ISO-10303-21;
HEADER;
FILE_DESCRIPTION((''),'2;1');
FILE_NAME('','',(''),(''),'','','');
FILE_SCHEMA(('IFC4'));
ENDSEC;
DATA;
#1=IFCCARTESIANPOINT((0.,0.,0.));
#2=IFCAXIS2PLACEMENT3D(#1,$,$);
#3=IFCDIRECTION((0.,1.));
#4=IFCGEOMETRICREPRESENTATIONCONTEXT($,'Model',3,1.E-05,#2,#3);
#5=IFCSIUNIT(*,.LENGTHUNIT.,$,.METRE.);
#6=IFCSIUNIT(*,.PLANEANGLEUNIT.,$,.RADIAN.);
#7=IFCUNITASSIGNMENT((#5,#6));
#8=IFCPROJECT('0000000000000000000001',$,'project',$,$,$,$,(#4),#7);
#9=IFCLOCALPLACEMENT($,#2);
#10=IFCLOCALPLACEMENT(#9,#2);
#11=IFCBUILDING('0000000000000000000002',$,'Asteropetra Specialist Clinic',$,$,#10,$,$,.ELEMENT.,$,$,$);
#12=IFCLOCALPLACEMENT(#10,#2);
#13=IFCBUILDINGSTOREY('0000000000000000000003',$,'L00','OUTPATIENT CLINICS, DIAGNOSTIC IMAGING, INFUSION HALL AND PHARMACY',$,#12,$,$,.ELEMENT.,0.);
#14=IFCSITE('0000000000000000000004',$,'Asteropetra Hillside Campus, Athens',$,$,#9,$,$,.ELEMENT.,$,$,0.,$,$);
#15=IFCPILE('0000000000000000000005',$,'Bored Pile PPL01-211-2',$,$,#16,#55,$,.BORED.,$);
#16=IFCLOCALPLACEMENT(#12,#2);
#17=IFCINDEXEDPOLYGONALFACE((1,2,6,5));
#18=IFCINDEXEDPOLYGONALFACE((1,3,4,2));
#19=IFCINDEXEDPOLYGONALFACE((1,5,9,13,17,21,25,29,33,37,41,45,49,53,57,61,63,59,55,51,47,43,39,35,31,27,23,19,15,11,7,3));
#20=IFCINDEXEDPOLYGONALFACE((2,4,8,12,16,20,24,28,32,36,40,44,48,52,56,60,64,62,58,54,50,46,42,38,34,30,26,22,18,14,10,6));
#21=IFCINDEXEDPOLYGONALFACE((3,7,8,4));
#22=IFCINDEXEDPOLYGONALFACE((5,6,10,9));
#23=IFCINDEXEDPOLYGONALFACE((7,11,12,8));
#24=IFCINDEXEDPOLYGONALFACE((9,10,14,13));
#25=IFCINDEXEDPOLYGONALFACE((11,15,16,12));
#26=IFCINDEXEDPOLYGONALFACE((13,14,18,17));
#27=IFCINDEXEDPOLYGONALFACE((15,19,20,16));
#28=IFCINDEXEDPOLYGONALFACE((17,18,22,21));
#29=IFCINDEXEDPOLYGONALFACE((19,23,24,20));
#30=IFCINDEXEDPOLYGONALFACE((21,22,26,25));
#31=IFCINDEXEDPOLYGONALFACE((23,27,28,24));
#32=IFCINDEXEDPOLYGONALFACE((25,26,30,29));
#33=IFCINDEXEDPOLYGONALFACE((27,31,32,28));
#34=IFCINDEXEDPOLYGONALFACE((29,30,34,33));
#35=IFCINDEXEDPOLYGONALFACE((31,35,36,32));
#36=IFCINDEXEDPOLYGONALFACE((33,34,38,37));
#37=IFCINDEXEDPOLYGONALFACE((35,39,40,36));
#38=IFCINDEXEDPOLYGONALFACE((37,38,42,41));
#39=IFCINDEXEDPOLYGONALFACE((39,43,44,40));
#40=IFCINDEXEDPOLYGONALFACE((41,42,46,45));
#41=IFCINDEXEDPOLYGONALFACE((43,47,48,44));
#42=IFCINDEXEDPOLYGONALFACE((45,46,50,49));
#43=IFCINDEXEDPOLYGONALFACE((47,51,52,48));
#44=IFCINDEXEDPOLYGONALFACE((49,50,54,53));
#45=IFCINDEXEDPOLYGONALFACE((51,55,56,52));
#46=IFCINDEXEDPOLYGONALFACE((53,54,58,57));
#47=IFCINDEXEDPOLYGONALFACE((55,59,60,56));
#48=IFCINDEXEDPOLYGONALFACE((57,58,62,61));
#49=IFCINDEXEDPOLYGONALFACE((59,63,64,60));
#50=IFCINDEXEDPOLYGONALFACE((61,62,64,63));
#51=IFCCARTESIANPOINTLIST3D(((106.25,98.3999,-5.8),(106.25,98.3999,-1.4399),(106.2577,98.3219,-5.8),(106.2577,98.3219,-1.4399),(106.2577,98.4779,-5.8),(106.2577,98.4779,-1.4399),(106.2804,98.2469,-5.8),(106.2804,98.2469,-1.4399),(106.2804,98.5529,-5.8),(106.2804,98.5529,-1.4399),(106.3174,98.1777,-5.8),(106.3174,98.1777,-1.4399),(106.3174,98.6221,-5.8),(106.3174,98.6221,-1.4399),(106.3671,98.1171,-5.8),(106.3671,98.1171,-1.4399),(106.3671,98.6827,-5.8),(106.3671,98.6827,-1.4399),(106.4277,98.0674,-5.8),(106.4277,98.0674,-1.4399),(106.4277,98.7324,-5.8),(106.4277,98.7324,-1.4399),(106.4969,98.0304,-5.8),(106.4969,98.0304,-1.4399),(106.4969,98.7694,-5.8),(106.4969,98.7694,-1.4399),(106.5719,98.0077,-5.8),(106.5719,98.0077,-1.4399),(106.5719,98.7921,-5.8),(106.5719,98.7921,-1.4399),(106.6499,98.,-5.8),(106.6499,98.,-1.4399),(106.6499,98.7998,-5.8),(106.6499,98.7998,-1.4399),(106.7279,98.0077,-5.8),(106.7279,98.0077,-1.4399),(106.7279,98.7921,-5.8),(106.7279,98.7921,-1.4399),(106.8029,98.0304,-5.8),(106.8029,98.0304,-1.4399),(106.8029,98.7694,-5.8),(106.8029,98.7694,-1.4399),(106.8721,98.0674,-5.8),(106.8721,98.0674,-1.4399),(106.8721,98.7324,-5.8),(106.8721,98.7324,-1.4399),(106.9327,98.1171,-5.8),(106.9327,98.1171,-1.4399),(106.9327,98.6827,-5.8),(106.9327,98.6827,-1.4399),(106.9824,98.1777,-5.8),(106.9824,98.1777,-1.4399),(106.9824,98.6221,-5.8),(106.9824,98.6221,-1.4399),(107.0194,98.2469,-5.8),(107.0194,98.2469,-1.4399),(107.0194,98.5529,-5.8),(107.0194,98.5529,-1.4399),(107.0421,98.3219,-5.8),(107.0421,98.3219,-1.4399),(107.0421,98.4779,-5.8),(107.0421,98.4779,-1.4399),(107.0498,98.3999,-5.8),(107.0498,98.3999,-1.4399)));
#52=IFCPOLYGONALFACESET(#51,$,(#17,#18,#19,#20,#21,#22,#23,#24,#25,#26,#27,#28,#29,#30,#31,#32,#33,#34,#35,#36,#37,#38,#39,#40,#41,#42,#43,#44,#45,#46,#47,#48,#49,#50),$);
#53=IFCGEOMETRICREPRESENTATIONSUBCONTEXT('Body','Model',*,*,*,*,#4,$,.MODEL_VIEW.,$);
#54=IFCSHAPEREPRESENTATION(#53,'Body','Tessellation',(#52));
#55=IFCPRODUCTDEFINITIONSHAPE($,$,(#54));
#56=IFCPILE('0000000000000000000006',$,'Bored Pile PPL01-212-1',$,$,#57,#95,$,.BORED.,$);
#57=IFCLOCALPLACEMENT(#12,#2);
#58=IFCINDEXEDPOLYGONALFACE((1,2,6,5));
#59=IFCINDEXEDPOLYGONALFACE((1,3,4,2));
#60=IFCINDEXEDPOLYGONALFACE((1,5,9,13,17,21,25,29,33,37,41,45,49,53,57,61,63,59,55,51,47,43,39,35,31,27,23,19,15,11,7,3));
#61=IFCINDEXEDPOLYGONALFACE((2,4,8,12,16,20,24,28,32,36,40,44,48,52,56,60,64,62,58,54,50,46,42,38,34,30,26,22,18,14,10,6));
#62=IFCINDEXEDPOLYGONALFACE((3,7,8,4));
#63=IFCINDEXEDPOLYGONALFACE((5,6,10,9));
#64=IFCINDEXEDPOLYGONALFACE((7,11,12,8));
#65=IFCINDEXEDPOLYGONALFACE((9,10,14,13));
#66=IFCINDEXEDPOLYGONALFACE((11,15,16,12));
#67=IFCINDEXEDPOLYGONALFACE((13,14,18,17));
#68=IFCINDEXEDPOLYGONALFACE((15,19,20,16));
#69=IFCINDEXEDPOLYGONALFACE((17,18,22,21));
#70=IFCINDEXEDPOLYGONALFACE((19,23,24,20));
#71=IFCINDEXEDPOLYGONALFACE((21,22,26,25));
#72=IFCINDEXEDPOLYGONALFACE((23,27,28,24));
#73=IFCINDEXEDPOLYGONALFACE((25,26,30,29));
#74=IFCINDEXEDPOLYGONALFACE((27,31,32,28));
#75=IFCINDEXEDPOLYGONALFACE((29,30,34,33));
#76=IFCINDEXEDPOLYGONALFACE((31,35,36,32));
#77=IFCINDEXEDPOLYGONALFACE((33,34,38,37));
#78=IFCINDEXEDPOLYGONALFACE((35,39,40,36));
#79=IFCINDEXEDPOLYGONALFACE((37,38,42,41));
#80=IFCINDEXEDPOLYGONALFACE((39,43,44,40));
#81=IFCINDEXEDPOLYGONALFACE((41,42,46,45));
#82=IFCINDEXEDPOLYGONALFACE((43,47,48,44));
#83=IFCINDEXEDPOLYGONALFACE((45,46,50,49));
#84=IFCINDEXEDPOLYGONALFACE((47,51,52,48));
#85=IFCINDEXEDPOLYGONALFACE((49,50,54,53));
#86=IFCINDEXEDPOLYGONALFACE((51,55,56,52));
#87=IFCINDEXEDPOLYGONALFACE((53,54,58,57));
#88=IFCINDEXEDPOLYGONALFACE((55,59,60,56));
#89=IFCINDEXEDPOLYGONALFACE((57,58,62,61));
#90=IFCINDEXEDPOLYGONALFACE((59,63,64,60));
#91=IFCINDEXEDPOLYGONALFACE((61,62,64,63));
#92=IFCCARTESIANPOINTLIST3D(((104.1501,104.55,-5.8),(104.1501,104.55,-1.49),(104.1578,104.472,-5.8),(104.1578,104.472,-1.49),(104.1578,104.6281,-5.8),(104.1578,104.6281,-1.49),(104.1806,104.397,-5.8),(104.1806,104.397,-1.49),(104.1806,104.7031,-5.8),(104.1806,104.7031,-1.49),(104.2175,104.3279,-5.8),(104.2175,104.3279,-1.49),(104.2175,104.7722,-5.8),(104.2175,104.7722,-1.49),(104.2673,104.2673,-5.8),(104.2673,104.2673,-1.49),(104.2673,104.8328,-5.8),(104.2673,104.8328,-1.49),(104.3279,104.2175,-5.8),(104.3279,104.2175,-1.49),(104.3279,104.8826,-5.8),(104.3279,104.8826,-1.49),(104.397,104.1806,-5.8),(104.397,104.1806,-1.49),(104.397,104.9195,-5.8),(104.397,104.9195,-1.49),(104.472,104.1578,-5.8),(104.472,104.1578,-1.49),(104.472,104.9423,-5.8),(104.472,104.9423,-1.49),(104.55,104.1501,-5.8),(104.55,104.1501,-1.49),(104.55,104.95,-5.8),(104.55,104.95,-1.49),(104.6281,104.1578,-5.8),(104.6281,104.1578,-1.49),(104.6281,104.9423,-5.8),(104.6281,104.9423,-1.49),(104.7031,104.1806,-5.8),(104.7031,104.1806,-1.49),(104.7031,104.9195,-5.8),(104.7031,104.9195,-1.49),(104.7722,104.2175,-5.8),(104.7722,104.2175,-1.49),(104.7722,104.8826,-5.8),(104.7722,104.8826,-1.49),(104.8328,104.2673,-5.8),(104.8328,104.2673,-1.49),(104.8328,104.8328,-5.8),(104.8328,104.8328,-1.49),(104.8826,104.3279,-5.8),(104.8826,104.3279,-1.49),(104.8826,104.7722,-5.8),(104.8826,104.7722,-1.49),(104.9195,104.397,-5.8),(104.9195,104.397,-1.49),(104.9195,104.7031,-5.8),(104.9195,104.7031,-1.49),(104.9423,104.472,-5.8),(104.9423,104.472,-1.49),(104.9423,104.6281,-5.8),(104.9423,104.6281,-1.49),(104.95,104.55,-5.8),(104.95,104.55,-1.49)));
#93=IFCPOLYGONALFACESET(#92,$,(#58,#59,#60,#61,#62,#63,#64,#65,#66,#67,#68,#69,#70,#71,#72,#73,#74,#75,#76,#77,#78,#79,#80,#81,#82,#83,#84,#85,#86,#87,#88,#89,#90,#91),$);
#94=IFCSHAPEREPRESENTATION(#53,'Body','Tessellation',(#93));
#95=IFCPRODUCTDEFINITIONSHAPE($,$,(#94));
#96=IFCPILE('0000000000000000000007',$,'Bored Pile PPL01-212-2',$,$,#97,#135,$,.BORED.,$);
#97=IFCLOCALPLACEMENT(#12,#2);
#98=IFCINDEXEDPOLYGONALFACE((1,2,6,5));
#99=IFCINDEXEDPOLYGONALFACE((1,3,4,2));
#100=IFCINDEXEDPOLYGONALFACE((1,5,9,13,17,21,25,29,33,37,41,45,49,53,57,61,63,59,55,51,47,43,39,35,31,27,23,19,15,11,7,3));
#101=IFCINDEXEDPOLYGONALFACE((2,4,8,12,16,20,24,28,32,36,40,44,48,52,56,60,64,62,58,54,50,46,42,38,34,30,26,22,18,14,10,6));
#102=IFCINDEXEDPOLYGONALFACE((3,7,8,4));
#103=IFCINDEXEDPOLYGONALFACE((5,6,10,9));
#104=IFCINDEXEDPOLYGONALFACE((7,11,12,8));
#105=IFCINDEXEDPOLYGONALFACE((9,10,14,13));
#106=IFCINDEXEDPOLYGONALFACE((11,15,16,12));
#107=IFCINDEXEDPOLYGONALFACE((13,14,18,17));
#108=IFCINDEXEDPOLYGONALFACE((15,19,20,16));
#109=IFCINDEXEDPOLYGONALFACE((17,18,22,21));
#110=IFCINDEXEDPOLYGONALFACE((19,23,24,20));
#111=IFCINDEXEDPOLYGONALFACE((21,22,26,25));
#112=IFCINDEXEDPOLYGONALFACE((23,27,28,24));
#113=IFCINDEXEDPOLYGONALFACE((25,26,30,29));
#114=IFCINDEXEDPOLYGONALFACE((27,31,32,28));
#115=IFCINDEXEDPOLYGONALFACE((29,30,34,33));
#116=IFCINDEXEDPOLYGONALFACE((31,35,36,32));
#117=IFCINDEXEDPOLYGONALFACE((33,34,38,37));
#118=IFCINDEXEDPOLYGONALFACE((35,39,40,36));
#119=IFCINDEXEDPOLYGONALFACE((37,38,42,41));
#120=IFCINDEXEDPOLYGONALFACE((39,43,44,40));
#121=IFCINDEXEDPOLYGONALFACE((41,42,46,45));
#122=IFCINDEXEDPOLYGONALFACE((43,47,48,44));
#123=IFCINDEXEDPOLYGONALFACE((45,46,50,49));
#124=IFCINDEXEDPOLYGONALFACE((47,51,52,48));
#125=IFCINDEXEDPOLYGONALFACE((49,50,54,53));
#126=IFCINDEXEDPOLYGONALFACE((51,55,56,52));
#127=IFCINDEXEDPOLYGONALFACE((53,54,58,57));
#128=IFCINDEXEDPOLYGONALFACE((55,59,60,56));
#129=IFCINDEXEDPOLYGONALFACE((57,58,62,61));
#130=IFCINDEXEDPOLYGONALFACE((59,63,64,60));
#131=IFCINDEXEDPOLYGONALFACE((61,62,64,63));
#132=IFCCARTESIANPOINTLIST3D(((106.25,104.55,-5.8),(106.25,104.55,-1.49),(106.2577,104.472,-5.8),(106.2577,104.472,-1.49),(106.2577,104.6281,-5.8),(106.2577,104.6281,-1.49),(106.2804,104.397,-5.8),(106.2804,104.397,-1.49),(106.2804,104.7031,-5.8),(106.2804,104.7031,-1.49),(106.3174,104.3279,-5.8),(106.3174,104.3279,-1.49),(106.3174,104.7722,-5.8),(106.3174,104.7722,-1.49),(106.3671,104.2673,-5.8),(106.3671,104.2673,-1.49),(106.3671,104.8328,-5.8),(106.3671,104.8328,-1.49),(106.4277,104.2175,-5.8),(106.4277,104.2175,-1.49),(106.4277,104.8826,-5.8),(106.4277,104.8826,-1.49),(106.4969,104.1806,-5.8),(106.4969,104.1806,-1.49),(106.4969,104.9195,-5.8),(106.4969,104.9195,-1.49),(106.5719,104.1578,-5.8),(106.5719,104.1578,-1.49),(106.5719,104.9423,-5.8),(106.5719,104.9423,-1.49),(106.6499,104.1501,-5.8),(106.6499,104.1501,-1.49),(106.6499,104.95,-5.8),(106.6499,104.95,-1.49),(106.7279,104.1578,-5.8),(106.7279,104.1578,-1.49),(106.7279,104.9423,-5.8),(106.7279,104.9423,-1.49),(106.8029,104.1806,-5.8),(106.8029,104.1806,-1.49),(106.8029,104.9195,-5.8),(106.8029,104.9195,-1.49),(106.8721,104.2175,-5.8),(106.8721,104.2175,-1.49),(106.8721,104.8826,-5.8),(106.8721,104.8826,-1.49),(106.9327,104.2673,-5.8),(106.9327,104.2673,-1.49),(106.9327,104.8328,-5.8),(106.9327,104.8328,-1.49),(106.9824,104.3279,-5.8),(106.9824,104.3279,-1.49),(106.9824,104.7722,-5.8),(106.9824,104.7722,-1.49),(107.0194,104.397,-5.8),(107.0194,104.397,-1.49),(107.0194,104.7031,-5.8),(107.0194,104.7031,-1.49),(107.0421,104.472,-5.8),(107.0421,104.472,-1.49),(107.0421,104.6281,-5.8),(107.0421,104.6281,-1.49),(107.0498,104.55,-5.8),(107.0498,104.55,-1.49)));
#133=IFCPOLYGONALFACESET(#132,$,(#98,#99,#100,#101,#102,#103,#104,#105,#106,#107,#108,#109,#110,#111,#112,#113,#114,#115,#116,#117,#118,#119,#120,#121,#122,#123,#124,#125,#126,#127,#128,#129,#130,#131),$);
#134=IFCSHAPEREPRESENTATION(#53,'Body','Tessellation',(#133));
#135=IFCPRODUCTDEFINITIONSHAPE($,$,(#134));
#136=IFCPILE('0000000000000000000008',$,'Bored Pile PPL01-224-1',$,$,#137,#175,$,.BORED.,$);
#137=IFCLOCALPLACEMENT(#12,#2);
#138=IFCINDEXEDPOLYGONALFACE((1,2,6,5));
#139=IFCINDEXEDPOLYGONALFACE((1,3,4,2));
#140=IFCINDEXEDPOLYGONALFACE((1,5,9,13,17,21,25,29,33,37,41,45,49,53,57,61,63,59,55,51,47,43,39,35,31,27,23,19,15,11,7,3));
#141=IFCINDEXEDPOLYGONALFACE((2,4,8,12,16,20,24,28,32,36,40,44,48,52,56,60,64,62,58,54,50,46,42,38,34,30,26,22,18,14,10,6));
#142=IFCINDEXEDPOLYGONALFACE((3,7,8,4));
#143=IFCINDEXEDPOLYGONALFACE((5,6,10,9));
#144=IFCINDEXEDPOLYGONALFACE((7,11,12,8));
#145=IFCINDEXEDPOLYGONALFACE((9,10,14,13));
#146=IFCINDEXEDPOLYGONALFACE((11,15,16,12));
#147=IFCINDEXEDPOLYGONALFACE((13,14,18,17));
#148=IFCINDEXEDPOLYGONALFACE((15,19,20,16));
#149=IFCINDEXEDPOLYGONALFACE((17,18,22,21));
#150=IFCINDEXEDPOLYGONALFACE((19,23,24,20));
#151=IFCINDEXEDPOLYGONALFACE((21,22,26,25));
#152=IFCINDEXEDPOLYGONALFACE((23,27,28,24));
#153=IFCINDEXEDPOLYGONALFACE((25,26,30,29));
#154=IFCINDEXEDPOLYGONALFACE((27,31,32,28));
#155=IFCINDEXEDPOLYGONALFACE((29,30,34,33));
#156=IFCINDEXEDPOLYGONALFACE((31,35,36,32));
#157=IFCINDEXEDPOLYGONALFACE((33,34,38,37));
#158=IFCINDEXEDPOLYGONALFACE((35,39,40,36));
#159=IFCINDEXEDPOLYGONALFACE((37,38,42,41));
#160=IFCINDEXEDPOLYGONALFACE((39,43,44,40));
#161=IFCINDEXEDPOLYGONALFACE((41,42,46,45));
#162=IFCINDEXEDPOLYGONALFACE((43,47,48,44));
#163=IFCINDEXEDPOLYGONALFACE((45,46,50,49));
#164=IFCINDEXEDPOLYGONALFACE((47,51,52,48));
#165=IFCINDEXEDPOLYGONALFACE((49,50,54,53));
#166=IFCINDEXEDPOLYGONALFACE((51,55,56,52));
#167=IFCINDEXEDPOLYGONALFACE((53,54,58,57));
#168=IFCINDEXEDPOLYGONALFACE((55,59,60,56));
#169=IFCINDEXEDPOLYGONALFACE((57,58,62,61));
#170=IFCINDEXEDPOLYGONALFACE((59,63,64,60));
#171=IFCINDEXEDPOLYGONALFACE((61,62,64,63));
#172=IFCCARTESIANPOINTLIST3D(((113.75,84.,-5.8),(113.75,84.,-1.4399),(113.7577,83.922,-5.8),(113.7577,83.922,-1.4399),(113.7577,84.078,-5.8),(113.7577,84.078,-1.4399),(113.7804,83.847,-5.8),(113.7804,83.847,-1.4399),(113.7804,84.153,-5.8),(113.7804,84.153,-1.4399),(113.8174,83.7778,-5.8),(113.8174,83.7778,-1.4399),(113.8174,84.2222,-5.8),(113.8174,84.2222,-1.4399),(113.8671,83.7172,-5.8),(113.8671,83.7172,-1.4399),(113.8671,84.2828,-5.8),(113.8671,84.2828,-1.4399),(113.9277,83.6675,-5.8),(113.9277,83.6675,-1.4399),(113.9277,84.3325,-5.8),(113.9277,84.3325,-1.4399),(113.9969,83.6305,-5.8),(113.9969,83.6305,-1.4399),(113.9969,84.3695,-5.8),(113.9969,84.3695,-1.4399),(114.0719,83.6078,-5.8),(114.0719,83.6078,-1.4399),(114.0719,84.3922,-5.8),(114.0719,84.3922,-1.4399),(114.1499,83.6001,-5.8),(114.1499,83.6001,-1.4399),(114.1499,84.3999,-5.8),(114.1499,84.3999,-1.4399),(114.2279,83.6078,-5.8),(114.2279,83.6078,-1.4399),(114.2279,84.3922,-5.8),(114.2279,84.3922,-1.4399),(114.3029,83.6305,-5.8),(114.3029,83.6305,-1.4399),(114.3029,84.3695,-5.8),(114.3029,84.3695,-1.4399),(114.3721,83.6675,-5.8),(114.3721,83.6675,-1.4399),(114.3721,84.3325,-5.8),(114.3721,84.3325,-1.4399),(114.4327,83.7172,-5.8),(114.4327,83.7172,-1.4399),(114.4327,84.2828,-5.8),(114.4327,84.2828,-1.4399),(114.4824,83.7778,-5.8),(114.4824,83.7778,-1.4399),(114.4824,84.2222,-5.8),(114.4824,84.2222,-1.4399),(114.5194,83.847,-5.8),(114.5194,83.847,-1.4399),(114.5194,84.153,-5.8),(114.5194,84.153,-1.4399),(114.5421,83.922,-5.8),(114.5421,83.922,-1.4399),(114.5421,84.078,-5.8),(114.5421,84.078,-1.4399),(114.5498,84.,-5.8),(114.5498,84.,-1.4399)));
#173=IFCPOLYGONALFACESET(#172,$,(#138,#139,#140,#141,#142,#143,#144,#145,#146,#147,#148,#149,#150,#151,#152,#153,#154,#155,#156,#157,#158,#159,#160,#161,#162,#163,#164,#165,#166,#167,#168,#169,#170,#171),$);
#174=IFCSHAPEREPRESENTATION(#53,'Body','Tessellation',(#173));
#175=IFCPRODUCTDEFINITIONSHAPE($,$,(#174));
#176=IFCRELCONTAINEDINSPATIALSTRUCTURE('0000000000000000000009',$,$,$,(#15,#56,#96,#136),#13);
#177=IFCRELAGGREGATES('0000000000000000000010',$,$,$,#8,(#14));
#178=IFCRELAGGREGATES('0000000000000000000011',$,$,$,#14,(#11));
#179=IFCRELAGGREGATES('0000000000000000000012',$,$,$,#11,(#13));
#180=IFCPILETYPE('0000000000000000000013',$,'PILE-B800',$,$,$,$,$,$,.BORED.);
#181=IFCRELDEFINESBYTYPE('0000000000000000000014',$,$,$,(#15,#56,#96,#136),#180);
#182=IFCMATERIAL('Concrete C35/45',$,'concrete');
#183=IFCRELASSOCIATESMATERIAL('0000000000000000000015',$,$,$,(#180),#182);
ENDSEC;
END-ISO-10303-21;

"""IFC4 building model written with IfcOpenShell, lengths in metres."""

from ifc_helpers import new_model, si_unit, direction, frame, origin, origin_2d, place, context, subcontext, project, spatial, circle, extrude, material, material_profile, profile_set, type_object, element, save


model = new_model("IFC4")

# Units and contexts
model_context = context("Model", 3, precision=1e-05, world=origin(), true_north=direction((0.0, 1.0)))
body_context = subcontext(model_context, "Body", "Model", "MODEL_VIEW")
ifc_project = project(units=[si_unit("LENGTHUNIT", "METRE"), si_unit("PLANEANGLEUNIT", "RADIAN")], contexts=[model_context])

# Site, building, storey
site_placement = place(None, origin())
site = spatial("IfcSite", under=ifc_project, at=site_placement, Name="Asteropetra Hillside Campus, Athens", CompositionType="ELEMENT", RefElevation=0.0)
building_placement = place(site_placement, origin())
building = spatial("IfcBuilding", under=site, at=building_placement, Name="Asteropetra Specialist Clinic", CompositionType="ELEMENT")
storey_placement = place(building_placement, origin())
storey = spatial("IfcBuildingStorey", under=building, at=storey_placement, Name="L00", Description="OUTPATIENT CLINICS, DIAGNOSTIC IMAGING, INFUSION HALL AND PHARMACY", CompositionType="ELEMENT", Elevation=0.0)

# Piles
ifc_material_1 = material(Name="Concrete C35/45", Category="concrete")
ifc_material_profile_1 = material_profile(ifc_material_1, circle(Radius=0.3999, at=origin_2d()), Name="PILE D800")
ifc_profile_set_1 = profile_set([ifc_material_profile_1], Name="Concrete C35/45")
pile_type = type_object("IfcPileType", Name="PILE-B800", PredefinedType="BORED", material=ifc_profile_set_1)
for number, where, z_axis, x_axis, name in (
    (1, (106.6499, 98.3999, -1.4399), (0.0, 0.0, -1.0), (1.0, 0.0, 0.0), "Bored Pile PPL01-211-2"),
):
    element("IfcPile", number, at=place(storey_placement, frame(where, z_axis=z_axis, x_axis=x_axis)), inside=storey, type_object=pile_type, Name=name, PredefinedType="BORED", context=body_context, shape_type="SweptSolid", body=[
        extrude(circle(Radius=0.3999, at=origin_2d()), origin(), (0.0, 0.0, 1.0), 4.3601),
    ])
for number, where, z_axis, x_axis, name in (
    (2, (104.55, 104.55, -1.49), (0.0, 0.0, -1.0), (1.0, 0.0, 0.0), "Bored Pile PPL01-212-1"),
    (3, (106.6499, 104.55, -1.49), (0.0, 0.0, -1.0), (1.0, 0.0, 0.0), "Bored Pile PPL01-212-2"),
):
    element("IfcPile", number, at=place(storey_placement, frame(where, z_axis=z_axis, x_axis=x_axis)), inside=storey, type_object=pile_type, Name=name, PredefinedType="BORED", context=body_context, shape_type="SweptSolid", body=[
        extrude(circle(Radius=0.3999, at=origin_2d()), origin(), (0.0, 0.0, 1.0), 4.3101),
    ])
for number, where, z_axis, x_axis, name in (
    (4, (114.1499, 84.0, -1.4399), (0.0, 0.0, -1.0), (1.0, 0.0, 0.0), "Bored Pile PPL01-224-1"),
):
    element("IfcPile", number, at=place(storey_placement, frame(where, z_axis=z_axis, x_axis=x_axis)), inside=storey, type_object=pile_type, Name=name, PredefinedType="BORED", context=body_context, shape_type="SweptSolid", body=[
        extrude(circle(Radius=0.3999, at=origin_2d()), origin(), (0.0, 0.0, 1.0), 4.3601),
    ])

save(model, "model.ifc")
